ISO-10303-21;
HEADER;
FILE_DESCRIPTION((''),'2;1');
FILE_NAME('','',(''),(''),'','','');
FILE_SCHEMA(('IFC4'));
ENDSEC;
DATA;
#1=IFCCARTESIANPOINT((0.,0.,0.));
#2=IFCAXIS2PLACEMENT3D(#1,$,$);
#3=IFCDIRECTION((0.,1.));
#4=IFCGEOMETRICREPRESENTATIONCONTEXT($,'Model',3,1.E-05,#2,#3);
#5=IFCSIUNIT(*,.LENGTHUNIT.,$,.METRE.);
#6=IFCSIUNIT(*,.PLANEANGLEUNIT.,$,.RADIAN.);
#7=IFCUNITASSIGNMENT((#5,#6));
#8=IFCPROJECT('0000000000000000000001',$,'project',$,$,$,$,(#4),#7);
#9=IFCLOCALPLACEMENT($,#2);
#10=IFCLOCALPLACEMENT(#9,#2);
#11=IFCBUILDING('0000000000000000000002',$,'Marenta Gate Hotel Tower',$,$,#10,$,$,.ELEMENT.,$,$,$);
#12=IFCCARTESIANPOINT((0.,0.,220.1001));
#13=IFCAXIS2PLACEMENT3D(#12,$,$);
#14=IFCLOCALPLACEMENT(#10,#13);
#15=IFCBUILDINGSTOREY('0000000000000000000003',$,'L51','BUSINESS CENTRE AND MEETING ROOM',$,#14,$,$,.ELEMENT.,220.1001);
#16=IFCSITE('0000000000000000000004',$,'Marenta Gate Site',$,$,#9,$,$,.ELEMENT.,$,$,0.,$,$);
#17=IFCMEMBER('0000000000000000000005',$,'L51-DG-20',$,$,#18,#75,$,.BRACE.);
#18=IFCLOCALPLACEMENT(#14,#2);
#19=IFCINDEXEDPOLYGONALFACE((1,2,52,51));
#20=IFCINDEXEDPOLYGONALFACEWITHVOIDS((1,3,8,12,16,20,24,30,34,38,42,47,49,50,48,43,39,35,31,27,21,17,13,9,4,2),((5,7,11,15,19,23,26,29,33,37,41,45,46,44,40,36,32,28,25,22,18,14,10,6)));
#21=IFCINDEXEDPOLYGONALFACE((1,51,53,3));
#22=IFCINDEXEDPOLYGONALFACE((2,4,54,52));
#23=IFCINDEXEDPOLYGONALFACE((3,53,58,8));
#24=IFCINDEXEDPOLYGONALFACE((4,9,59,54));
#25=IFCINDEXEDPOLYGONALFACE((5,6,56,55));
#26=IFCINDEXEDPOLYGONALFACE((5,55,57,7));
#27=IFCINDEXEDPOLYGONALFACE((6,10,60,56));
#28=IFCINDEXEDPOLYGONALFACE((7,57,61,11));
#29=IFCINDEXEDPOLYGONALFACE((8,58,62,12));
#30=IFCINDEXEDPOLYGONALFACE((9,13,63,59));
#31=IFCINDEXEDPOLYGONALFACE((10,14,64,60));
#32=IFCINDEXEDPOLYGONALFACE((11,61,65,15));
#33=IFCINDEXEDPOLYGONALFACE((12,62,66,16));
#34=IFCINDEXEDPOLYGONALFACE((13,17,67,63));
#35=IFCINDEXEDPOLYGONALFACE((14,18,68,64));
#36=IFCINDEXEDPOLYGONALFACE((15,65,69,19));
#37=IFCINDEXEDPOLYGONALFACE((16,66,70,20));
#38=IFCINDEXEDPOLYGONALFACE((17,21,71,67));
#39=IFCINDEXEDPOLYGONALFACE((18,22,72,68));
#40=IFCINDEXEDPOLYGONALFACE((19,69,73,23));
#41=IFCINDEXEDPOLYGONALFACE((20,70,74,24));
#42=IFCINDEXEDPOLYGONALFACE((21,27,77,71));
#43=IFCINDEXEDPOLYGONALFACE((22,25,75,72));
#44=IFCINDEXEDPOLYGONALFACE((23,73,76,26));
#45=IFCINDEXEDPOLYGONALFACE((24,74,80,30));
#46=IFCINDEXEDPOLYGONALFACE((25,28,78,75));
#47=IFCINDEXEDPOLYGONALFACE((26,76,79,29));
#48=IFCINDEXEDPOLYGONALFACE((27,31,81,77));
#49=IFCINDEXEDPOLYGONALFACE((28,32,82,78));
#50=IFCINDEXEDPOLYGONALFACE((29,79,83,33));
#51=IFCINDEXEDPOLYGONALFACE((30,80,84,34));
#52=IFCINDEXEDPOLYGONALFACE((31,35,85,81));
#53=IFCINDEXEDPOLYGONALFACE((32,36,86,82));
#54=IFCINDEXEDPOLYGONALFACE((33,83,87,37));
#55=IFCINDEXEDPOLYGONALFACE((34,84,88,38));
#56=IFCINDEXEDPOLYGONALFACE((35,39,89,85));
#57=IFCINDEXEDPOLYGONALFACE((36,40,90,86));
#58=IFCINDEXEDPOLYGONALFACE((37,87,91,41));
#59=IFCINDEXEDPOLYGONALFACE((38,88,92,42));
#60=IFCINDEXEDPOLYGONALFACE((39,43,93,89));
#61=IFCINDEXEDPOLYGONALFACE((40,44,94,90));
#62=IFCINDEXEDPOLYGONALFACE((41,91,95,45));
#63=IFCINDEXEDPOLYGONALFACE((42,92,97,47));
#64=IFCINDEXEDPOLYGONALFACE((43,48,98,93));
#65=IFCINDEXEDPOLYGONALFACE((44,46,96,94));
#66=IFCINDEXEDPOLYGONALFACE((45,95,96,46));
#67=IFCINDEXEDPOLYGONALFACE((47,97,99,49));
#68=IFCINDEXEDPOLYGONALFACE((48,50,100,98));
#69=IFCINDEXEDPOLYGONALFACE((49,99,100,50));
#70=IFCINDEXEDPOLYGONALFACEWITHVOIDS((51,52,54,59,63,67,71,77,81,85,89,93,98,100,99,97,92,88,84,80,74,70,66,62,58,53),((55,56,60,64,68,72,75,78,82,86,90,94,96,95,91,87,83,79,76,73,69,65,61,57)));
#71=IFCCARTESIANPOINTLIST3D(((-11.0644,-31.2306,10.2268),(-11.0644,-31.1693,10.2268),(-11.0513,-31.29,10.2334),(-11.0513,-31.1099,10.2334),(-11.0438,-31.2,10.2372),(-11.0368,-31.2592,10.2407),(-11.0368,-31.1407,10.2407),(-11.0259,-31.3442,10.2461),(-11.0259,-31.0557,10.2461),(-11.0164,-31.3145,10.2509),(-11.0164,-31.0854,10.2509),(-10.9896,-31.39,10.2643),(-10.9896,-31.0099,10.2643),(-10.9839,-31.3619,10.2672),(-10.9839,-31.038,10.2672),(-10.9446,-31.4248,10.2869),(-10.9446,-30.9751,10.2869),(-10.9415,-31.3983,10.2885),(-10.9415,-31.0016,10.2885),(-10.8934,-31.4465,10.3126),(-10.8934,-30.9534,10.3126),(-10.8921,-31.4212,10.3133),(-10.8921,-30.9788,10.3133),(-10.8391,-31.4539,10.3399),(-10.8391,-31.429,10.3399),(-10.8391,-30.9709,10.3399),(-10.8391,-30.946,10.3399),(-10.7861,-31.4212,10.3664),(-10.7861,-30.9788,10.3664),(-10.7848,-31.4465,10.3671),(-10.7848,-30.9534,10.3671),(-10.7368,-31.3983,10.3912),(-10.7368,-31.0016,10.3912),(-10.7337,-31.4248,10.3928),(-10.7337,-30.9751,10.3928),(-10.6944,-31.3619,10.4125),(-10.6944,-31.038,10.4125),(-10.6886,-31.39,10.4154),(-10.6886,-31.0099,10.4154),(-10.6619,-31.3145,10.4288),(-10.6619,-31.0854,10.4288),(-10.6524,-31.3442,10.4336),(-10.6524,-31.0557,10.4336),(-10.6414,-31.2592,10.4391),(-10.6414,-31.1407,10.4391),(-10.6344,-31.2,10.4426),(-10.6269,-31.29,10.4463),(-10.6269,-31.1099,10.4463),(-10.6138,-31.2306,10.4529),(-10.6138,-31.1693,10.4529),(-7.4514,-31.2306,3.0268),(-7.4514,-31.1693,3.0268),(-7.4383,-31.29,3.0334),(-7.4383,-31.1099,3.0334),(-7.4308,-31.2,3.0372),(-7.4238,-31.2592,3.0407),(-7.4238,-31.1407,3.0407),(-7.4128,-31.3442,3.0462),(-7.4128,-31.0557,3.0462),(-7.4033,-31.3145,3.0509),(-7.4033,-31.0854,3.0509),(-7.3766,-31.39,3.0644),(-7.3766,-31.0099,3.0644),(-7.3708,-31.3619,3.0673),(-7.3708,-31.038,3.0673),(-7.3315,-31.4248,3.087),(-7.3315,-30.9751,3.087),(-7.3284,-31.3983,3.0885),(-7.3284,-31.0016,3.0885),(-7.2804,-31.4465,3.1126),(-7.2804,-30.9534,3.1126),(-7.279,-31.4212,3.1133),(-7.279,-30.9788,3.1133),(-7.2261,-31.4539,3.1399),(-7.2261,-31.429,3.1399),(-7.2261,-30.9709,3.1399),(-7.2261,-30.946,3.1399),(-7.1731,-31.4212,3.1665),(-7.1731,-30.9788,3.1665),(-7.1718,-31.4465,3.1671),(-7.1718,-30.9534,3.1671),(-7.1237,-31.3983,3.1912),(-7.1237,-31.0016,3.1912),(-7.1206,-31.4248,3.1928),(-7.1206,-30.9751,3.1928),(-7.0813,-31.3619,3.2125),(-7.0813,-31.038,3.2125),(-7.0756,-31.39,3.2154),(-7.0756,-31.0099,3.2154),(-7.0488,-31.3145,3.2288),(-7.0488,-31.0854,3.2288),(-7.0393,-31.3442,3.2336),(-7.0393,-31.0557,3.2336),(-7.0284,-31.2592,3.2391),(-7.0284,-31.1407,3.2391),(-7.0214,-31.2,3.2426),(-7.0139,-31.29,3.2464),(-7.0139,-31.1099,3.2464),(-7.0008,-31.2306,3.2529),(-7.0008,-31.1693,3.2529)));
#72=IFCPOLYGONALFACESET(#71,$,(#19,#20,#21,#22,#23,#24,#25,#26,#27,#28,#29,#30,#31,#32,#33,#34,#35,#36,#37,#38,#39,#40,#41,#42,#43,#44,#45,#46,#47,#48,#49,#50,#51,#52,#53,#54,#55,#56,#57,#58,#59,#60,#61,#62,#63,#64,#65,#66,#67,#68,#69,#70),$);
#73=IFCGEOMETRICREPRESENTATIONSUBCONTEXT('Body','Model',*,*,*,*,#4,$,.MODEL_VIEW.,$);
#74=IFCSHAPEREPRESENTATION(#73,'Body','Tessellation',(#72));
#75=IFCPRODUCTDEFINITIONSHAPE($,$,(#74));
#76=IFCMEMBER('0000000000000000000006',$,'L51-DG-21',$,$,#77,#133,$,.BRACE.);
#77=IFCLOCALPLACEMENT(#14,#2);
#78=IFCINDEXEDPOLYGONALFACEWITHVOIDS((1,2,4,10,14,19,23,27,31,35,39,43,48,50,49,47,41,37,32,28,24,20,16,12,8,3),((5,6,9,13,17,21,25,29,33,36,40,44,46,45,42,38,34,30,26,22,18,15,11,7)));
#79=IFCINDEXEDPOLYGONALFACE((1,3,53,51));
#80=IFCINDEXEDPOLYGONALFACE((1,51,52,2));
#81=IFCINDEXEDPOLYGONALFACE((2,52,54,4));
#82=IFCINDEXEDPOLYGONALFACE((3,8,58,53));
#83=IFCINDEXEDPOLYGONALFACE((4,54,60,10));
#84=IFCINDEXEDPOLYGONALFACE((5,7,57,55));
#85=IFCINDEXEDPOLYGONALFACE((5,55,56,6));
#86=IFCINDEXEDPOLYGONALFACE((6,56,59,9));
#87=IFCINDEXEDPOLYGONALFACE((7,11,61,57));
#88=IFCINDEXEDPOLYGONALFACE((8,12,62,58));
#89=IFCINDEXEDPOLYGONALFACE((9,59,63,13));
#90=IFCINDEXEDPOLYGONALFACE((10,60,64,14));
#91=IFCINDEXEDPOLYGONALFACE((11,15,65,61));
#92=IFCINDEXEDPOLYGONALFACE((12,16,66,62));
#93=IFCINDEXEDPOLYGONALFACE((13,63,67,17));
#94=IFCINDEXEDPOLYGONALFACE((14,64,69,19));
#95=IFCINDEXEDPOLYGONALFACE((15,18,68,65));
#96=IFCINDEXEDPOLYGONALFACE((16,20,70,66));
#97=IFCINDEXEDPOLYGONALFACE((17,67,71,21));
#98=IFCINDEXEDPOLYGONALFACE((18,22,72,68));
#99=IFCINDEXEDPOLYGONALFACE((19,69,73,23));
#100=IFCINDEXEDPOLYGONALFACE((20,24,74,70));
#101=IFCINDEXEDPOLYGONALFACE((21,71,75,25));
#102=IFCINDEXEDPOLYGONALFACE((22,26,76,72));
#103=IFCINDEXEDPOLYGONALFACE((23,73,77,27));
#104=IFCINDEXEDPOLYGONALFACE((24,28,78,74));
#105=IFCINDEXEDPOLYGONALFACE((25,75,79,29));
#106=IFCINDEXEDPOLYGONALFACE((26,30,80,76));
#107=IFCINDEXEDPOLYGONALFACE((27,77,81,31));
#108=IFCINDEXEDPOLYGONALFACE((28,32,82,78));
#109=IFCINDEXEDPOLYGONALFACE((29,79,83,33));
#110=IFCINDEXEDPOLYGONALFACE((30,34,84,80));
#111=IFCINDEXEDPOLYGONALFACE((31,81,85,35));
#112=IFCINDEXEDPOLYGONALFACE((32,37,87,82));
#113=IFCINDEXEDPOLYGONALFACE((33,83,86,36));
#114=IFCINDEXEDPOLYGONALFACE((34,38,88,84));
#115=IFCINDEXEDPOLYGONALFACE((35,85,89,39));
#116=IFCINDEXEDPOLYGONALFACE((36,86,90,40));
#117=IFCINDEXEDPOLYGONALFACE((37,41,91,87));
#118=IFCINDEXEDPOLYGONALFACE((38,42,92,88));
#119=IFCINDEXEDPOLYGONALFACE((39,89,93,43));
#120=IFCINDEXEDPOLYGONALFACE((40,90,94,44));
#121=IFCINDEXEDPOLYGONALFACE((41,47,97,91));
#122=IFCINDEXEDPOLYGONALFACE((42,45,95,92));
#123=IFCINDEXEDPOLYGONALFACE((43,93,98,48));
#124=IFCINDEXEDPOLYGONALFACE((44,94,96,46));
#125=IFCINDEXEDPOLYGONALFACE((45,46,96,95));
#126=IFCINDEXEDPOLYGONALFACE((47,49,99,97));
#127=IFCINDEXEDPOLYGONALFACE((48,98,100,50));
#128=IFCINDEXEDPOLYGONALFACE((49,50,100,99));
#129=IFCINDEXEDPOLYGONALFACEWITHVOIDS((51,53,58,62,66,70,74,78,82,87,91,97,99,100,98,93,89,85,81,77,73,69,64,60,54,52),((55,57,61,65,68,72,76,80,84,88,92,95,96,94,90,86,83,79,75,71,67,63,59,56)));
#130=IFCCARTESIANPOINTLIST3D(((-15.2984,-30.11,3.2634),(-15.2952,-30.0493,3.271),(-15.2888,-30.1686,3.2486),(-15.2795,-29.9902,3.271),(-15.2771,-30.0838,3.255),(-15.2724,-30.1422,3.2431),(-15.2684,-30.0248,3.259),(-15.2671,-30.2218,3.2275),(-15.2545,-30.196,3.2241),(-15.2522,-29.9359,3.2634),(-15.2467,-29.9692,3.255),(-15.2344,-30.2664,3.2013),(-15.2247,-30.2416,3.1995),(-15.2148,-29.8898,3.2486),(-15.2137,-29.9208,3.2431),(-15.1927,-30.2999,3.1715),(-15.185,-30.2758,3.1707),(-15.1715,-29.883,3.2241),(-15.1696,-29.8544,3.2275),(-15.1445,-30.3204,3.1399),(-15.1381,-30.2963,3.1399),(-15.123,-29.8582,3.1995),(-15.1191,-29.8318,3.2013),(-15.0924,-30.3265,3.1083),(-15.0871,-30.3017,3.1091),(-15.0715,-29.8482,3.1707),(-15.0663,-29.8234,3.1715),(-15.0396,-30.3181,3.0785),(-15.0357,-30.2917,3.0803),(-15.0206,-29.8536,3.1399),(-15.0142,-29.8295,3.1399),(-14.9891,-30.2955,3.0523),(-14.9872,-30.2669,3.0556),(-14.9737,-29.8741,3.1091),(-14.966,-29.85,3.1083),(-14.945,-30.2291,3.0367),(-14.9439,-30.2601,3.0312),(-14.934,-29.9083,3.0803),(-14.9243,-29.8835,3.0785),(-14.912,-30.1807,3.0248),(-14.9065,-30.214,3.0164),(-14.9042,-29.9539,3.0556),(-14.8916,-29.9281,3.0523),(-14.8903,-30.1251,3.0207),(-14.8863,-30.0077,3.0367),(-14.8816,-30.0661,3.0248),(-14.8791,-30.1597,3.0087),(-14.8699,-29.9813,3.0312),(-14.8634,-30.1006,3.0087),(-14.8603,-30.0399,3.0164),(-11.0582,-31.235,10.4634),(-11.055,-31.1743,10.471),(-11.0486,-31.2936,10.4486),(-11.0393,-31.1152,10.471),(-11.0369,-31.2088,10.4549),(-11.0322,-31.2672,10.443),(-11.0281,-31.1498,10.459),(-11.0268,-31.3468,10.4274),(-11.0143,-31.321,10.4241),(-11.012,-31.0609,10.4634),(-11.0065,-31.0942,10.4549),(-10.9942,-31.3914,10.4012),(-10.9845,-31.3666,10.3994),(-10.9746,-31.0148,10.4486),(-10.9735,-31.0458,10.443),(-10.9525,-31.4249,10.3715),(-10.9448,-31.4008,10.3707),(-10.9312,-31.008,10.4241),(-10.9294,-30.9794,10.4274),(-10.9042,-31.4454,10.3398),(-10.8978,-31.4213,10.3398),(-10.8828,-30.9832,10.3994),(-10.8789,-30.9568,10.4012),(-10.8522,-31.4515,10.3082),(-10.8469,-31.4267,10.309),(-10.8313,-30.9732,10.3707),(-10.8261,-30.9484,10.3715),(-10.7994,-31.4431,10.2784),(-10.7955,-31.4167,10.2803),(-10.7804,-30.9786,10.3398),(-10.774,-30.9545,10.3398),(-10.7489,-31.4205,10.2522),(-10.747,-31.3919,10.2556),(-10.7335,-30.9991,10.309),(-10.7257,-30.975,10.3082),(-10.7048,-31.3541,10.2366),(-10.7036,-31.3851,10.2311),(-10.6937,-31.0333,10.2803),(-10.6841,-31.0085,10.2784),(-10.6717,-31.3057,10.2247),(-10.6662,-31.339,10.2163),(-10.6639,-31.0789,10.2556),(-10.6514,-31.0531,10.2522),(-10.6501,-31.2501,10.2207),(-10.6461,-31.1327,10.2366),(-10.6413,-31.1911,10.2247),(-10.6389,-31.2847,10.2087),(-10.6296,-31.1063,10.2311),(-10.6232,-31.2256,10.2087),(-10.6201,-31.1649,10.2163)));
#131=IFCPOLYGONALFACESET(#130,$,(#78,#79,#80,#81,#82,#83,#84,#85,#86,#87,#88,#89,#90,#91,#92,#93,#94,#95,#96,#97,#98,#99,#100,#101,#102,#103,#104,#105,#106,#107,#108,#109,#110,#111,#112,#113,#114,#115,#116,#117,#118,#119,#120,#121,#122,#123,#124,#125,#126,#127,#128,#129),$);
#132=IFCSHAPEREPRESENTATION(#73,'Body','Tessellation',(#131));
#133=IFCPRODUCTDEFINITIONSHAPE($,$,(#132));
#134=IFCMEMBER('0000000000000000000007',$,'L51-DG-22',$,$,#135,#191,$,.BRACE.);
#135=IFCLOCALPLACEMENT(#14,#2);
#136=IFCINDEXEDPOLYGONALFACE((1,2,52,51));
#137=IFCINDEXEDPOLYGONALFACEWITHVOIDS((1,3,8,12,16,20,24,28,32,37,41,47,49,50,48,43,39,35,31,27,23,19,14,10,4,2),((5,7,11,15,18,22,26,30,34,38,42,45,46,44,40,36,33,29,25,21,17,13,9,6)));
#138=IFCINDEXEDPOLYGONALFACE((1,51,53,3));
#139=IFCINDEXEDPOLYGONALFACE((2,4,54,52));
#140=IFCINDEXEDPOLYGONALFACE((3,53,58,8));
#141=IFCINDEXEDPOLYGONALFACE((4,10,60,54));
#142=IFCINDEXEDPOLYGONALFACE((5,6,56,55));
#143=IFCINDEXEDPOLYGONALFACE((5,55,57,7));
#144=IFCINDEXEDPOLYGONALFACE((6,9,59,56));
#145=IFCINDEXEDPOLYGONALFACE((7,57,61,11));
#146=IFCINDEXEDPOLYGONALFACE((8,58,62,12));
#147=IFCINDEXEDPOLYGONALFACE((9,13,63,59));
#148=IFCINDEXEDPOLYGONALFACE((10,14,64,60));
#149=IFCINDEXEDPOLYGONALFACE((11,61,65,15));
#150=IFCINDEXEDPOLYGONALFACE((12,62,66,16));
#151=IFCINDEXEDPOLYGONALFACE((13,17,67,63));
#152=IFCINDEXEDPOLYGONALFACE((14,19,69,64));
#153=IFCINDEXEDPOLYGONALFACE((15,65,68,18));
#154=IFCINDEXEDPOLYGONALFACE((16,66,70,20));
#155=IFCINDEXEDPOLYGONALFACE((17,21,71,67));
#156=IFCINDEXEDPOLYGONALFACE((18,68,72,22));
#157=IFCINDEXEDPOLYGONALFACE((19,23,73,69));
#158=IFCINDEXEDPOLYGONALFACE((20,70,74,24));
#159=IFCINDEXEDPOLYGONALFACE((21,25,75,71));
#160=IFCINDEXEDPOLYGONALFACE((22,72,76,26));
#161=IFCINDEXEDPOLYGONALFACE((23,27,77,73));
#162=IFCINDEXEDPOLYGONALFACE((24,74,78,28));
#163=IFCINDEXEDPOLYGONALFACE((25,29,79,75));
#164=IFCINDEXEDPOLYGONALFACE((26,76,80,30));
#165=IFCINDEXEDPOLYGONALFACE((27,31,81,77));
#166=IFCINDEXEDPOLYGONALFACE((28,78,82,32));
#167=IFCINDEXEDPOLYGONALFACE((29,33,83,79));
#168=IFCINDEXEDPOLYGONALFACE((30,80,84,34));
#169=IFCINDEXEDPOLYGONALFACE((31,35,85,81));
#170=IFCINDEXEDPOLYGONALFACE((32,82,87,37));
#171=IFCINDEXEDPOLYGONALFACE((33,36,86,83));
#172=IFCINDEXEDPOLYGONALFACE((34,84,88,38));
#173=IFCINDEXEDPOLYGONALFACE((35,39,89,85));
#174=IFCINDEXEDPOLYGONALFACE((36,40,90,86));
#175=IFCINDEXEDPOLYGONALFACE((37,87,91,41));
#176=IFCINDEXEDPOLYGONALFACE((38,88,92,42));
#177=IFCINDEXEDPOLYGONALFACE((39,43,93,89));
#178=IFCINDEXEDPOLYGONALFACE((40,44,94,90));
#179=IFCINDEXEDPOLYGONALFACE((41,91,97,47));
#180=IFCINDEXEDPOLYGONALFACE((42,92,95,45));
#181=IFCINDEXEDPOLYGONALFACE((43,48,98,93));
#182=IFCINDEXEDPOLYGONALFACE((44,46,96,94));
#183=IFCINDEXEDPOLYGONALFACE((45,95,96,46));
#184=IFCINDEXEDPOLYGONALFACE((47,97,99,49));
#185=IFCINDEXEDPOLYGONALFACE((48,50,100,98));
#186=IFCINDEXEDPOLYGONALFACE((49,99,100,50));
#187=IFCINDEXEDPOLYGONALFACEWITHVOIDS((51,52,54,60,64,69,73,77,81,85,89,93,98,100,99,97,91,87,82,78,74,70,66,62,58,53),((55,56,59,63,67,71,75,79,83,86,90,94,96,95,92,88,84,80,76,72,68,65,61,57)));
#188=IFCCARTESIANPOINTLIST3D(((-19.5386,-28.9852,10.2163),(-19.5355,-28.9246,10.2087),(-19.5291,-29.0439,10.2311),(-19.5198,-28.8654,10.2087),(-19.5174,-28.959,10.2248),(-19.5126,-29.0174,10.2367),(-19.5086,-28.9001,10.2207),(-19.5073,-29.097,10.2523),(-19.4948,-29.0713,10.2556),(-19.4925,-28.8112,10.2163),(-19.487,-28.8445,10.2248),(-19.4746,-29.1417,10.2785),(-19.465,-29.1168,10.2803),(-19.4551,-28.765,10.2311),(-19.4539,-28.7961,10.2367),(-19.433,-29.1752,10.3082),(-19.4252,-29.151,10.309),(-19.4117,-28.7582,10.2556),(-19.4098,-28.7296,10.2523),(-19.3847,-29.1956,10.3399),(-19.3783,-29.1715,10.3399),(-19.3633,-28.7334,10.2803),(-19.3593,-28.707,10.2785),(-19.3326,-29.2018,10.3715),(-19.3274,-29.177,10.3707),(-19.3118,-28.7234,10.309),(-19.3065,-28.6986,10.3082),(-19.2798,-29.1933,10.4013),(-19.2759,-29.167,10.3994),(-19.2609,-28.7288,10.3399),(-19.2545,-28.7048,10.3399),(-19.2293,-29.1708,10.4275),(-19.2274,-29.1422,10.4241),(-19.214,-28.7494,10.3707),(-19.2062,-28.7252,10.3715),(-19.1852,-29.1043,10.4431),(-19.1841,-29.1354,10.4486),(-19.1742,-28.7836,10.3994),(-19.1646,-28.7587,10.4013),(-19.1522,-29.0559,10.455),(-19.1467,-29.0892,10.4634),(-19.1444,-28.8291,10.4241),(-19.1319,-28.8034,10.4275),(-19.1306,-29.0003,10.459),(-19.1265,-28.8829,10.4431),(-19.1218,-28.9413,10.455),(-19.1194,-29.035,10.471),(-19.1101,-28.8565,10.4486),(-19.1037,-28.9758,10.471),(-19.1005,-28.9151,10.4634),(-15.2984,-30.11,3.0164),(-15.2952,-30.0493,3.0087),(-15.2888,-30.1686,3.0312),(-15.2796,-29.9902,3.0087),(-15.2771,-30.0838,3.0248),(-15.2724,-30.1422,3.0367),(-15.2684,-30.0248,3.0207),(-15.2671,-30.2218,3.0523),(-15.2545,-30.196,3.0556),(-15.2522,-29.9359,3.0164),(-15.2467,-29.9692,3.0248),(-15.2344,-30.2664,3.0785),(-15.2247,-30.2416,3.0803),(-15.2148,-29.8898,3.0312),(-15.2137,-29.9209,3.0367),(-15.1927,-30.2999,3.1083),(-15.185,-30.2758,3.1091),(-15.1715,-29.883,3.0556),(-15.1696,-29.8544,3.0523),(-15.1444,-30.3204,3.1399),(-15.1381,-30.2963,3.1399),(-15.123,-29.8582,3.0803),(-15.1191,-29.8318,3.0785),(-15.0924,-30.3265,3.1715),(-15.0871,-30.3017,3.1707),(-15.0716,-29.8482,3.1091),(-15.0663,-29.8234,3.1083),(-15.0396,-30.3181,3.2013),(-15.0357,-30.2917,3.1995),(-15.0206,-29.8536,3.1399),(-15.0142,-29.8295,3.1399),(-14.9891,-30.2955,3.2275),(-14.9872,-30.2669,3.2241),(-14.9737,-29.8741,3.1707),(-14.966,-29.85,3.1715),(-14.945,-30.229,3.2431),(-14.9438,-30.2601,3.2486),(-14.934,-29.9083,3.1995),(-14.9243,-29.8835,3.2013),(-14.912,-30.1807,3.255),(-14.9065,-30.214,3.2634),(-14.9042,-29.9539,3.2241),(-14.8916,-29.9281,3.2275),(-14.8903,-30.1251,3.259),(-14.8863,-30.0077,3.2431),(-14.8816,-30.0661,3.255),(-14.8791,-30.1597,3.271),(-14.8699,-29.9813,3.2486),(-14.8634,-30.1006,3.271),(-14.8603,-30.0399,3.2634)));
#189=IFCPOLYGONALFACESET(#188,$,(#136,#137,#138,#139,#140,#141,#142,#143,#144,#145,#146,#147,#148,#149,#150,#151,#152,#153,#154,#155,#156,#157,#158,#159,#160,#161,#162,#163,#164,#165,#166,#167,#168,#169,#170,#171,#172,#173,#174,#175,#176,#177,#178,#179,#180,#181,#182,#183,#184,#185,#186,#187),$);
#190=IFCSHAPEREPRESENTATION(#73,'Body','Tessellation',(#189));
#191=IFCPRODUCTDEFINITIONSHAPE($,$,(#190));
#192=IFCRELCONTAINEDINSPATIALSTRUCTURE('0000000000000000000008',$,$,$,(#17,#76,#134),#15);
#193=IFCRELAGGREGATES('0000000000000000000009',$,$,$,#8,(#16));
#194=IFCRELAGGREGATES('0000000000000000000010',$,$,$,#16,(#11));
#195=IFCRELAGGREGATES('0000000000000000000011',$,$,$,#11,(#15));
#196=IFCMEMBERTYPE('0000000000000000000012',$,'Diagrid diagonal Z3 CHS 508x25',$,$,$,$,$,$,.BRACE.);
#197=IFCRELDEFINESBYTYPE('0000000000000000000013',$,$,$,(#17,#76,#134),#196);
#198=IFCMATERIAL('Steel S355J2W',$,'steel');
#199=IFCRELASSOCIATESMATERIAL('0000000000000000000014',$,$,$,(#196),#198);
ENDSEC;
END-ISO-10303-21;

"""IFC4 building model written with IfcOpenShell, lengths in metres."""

from ifc_helpers import new_model, si_unit, direction, frame, origin, origin_2d, place, context, subcontext, project, spatial, hollow_circle, extrude, material, material_profile, profile_set, type_object, element, save


model = new_model("IFC4")

# Units and contexts
model_context = context("Model", 3, precision=1e-05, world=origin(), true_north=direction((0.0, 1.0)))
body_context = subcontext(model_context, "Body", "Model", "MODEL_VIEW")
ifc_project = project(units=[si_unit("LENGTHUNIT", "METRE"), si_unit("PLANEANGLEUNIT", "RADIAN")], contexts=[model_context])

# Site, building, storey
site_placement = place(None, origin())
site = spatial("IfcSite", under=ifc_project, at=site_placement, Name="Marenta Gate Site", CompositionType="ELEMENT", RefElevation=0.0)
building_placement = place(site_placement, origin())
building = spatial("IfcBuilding", under=site, at=building_placement, Name="Marenta Gate Hotel Tower", CompositionType="ELEMENT")
storey_placement = place(building_placement, frame((0.0, 0.0, 220.1001)))
storey = spatial("IfcBuildingStorey", under=building, at=storey_placement, Name="L51", Description="BUSINESS CENTRE AND MEETING ROOM", CompositionType="ELEMENT", Elevation=220.1001)

# Members
ifc_material_1 = material(Name="Steel S355J2W", Category="steel")
ifc_material_profile_1 = material_profile(ifc_material_1, hollow_circle(Radius=0.2539, WallThickness=0.0249, at=origin_2d()), Name="CHS 508x25")
ifc_profile_set_1 = profile_set([ifc_material_profile_1], Name="Steel S355J2W")
member_type_1 = type_object("IfcMemberType", Name="Diagrid diagonal Z3 CHS 508x25", PredefinedType="BRACE", material=ifc_profile_set_1)
for number, where, z_axis, x_axis, name in (
    (1, (-7.2261, -31.2, 3.1399), (-0.44851, 0.0, 0.893778), (0.0, -1.0, 0.0), "L51-DG-20"),
):
    element("IfcMember", number, at=place(storey_placement, frame(where, z_axis=z_axis, x_axis=x_axis)), inside=storey, type_object=member_type_1, Name=name, PredefinedType="BRACE", context=body_context, shape_type="SweptSolid", body=[
        extrude(hollow_circle(Radius=0.2539, WallThickness=0.0249, at=origin_2d()), origin(), (0.0, 0.0, 1.0), 8.0557),
    ])
for number, where, z_axis, x_axis, name in (
    (2, (-15.0793, -30.075, 3.1399), (0.502924, -0.133434, 0.853969), (0.256443, 0.966559, 0.0), "L51-DG-21"),
    (3, (-15.0793, -30.075, 3.1399), (-0.502926, 0.133405, 0.853972), (-0.256391, -0.966573, 0.0), "L51-DG-22"),
):
    element("IfcMember", number, at=place(storey_placement, frame(where, z_axis=z_axis, x_axis=x_axis)), inside=storey, type_object=member_type_1, Name=name, PredefinedType="BRACE", context=body_context, shape_type="SweptSolid", body=[
        extrude(hollow_circle(Radius=0.2539, WallThickness=0.0249, at=origin_2d()), origin(), (0.0, 0.0, 1.0), 8.4312),
    ])

save(model, "model.ifc")
